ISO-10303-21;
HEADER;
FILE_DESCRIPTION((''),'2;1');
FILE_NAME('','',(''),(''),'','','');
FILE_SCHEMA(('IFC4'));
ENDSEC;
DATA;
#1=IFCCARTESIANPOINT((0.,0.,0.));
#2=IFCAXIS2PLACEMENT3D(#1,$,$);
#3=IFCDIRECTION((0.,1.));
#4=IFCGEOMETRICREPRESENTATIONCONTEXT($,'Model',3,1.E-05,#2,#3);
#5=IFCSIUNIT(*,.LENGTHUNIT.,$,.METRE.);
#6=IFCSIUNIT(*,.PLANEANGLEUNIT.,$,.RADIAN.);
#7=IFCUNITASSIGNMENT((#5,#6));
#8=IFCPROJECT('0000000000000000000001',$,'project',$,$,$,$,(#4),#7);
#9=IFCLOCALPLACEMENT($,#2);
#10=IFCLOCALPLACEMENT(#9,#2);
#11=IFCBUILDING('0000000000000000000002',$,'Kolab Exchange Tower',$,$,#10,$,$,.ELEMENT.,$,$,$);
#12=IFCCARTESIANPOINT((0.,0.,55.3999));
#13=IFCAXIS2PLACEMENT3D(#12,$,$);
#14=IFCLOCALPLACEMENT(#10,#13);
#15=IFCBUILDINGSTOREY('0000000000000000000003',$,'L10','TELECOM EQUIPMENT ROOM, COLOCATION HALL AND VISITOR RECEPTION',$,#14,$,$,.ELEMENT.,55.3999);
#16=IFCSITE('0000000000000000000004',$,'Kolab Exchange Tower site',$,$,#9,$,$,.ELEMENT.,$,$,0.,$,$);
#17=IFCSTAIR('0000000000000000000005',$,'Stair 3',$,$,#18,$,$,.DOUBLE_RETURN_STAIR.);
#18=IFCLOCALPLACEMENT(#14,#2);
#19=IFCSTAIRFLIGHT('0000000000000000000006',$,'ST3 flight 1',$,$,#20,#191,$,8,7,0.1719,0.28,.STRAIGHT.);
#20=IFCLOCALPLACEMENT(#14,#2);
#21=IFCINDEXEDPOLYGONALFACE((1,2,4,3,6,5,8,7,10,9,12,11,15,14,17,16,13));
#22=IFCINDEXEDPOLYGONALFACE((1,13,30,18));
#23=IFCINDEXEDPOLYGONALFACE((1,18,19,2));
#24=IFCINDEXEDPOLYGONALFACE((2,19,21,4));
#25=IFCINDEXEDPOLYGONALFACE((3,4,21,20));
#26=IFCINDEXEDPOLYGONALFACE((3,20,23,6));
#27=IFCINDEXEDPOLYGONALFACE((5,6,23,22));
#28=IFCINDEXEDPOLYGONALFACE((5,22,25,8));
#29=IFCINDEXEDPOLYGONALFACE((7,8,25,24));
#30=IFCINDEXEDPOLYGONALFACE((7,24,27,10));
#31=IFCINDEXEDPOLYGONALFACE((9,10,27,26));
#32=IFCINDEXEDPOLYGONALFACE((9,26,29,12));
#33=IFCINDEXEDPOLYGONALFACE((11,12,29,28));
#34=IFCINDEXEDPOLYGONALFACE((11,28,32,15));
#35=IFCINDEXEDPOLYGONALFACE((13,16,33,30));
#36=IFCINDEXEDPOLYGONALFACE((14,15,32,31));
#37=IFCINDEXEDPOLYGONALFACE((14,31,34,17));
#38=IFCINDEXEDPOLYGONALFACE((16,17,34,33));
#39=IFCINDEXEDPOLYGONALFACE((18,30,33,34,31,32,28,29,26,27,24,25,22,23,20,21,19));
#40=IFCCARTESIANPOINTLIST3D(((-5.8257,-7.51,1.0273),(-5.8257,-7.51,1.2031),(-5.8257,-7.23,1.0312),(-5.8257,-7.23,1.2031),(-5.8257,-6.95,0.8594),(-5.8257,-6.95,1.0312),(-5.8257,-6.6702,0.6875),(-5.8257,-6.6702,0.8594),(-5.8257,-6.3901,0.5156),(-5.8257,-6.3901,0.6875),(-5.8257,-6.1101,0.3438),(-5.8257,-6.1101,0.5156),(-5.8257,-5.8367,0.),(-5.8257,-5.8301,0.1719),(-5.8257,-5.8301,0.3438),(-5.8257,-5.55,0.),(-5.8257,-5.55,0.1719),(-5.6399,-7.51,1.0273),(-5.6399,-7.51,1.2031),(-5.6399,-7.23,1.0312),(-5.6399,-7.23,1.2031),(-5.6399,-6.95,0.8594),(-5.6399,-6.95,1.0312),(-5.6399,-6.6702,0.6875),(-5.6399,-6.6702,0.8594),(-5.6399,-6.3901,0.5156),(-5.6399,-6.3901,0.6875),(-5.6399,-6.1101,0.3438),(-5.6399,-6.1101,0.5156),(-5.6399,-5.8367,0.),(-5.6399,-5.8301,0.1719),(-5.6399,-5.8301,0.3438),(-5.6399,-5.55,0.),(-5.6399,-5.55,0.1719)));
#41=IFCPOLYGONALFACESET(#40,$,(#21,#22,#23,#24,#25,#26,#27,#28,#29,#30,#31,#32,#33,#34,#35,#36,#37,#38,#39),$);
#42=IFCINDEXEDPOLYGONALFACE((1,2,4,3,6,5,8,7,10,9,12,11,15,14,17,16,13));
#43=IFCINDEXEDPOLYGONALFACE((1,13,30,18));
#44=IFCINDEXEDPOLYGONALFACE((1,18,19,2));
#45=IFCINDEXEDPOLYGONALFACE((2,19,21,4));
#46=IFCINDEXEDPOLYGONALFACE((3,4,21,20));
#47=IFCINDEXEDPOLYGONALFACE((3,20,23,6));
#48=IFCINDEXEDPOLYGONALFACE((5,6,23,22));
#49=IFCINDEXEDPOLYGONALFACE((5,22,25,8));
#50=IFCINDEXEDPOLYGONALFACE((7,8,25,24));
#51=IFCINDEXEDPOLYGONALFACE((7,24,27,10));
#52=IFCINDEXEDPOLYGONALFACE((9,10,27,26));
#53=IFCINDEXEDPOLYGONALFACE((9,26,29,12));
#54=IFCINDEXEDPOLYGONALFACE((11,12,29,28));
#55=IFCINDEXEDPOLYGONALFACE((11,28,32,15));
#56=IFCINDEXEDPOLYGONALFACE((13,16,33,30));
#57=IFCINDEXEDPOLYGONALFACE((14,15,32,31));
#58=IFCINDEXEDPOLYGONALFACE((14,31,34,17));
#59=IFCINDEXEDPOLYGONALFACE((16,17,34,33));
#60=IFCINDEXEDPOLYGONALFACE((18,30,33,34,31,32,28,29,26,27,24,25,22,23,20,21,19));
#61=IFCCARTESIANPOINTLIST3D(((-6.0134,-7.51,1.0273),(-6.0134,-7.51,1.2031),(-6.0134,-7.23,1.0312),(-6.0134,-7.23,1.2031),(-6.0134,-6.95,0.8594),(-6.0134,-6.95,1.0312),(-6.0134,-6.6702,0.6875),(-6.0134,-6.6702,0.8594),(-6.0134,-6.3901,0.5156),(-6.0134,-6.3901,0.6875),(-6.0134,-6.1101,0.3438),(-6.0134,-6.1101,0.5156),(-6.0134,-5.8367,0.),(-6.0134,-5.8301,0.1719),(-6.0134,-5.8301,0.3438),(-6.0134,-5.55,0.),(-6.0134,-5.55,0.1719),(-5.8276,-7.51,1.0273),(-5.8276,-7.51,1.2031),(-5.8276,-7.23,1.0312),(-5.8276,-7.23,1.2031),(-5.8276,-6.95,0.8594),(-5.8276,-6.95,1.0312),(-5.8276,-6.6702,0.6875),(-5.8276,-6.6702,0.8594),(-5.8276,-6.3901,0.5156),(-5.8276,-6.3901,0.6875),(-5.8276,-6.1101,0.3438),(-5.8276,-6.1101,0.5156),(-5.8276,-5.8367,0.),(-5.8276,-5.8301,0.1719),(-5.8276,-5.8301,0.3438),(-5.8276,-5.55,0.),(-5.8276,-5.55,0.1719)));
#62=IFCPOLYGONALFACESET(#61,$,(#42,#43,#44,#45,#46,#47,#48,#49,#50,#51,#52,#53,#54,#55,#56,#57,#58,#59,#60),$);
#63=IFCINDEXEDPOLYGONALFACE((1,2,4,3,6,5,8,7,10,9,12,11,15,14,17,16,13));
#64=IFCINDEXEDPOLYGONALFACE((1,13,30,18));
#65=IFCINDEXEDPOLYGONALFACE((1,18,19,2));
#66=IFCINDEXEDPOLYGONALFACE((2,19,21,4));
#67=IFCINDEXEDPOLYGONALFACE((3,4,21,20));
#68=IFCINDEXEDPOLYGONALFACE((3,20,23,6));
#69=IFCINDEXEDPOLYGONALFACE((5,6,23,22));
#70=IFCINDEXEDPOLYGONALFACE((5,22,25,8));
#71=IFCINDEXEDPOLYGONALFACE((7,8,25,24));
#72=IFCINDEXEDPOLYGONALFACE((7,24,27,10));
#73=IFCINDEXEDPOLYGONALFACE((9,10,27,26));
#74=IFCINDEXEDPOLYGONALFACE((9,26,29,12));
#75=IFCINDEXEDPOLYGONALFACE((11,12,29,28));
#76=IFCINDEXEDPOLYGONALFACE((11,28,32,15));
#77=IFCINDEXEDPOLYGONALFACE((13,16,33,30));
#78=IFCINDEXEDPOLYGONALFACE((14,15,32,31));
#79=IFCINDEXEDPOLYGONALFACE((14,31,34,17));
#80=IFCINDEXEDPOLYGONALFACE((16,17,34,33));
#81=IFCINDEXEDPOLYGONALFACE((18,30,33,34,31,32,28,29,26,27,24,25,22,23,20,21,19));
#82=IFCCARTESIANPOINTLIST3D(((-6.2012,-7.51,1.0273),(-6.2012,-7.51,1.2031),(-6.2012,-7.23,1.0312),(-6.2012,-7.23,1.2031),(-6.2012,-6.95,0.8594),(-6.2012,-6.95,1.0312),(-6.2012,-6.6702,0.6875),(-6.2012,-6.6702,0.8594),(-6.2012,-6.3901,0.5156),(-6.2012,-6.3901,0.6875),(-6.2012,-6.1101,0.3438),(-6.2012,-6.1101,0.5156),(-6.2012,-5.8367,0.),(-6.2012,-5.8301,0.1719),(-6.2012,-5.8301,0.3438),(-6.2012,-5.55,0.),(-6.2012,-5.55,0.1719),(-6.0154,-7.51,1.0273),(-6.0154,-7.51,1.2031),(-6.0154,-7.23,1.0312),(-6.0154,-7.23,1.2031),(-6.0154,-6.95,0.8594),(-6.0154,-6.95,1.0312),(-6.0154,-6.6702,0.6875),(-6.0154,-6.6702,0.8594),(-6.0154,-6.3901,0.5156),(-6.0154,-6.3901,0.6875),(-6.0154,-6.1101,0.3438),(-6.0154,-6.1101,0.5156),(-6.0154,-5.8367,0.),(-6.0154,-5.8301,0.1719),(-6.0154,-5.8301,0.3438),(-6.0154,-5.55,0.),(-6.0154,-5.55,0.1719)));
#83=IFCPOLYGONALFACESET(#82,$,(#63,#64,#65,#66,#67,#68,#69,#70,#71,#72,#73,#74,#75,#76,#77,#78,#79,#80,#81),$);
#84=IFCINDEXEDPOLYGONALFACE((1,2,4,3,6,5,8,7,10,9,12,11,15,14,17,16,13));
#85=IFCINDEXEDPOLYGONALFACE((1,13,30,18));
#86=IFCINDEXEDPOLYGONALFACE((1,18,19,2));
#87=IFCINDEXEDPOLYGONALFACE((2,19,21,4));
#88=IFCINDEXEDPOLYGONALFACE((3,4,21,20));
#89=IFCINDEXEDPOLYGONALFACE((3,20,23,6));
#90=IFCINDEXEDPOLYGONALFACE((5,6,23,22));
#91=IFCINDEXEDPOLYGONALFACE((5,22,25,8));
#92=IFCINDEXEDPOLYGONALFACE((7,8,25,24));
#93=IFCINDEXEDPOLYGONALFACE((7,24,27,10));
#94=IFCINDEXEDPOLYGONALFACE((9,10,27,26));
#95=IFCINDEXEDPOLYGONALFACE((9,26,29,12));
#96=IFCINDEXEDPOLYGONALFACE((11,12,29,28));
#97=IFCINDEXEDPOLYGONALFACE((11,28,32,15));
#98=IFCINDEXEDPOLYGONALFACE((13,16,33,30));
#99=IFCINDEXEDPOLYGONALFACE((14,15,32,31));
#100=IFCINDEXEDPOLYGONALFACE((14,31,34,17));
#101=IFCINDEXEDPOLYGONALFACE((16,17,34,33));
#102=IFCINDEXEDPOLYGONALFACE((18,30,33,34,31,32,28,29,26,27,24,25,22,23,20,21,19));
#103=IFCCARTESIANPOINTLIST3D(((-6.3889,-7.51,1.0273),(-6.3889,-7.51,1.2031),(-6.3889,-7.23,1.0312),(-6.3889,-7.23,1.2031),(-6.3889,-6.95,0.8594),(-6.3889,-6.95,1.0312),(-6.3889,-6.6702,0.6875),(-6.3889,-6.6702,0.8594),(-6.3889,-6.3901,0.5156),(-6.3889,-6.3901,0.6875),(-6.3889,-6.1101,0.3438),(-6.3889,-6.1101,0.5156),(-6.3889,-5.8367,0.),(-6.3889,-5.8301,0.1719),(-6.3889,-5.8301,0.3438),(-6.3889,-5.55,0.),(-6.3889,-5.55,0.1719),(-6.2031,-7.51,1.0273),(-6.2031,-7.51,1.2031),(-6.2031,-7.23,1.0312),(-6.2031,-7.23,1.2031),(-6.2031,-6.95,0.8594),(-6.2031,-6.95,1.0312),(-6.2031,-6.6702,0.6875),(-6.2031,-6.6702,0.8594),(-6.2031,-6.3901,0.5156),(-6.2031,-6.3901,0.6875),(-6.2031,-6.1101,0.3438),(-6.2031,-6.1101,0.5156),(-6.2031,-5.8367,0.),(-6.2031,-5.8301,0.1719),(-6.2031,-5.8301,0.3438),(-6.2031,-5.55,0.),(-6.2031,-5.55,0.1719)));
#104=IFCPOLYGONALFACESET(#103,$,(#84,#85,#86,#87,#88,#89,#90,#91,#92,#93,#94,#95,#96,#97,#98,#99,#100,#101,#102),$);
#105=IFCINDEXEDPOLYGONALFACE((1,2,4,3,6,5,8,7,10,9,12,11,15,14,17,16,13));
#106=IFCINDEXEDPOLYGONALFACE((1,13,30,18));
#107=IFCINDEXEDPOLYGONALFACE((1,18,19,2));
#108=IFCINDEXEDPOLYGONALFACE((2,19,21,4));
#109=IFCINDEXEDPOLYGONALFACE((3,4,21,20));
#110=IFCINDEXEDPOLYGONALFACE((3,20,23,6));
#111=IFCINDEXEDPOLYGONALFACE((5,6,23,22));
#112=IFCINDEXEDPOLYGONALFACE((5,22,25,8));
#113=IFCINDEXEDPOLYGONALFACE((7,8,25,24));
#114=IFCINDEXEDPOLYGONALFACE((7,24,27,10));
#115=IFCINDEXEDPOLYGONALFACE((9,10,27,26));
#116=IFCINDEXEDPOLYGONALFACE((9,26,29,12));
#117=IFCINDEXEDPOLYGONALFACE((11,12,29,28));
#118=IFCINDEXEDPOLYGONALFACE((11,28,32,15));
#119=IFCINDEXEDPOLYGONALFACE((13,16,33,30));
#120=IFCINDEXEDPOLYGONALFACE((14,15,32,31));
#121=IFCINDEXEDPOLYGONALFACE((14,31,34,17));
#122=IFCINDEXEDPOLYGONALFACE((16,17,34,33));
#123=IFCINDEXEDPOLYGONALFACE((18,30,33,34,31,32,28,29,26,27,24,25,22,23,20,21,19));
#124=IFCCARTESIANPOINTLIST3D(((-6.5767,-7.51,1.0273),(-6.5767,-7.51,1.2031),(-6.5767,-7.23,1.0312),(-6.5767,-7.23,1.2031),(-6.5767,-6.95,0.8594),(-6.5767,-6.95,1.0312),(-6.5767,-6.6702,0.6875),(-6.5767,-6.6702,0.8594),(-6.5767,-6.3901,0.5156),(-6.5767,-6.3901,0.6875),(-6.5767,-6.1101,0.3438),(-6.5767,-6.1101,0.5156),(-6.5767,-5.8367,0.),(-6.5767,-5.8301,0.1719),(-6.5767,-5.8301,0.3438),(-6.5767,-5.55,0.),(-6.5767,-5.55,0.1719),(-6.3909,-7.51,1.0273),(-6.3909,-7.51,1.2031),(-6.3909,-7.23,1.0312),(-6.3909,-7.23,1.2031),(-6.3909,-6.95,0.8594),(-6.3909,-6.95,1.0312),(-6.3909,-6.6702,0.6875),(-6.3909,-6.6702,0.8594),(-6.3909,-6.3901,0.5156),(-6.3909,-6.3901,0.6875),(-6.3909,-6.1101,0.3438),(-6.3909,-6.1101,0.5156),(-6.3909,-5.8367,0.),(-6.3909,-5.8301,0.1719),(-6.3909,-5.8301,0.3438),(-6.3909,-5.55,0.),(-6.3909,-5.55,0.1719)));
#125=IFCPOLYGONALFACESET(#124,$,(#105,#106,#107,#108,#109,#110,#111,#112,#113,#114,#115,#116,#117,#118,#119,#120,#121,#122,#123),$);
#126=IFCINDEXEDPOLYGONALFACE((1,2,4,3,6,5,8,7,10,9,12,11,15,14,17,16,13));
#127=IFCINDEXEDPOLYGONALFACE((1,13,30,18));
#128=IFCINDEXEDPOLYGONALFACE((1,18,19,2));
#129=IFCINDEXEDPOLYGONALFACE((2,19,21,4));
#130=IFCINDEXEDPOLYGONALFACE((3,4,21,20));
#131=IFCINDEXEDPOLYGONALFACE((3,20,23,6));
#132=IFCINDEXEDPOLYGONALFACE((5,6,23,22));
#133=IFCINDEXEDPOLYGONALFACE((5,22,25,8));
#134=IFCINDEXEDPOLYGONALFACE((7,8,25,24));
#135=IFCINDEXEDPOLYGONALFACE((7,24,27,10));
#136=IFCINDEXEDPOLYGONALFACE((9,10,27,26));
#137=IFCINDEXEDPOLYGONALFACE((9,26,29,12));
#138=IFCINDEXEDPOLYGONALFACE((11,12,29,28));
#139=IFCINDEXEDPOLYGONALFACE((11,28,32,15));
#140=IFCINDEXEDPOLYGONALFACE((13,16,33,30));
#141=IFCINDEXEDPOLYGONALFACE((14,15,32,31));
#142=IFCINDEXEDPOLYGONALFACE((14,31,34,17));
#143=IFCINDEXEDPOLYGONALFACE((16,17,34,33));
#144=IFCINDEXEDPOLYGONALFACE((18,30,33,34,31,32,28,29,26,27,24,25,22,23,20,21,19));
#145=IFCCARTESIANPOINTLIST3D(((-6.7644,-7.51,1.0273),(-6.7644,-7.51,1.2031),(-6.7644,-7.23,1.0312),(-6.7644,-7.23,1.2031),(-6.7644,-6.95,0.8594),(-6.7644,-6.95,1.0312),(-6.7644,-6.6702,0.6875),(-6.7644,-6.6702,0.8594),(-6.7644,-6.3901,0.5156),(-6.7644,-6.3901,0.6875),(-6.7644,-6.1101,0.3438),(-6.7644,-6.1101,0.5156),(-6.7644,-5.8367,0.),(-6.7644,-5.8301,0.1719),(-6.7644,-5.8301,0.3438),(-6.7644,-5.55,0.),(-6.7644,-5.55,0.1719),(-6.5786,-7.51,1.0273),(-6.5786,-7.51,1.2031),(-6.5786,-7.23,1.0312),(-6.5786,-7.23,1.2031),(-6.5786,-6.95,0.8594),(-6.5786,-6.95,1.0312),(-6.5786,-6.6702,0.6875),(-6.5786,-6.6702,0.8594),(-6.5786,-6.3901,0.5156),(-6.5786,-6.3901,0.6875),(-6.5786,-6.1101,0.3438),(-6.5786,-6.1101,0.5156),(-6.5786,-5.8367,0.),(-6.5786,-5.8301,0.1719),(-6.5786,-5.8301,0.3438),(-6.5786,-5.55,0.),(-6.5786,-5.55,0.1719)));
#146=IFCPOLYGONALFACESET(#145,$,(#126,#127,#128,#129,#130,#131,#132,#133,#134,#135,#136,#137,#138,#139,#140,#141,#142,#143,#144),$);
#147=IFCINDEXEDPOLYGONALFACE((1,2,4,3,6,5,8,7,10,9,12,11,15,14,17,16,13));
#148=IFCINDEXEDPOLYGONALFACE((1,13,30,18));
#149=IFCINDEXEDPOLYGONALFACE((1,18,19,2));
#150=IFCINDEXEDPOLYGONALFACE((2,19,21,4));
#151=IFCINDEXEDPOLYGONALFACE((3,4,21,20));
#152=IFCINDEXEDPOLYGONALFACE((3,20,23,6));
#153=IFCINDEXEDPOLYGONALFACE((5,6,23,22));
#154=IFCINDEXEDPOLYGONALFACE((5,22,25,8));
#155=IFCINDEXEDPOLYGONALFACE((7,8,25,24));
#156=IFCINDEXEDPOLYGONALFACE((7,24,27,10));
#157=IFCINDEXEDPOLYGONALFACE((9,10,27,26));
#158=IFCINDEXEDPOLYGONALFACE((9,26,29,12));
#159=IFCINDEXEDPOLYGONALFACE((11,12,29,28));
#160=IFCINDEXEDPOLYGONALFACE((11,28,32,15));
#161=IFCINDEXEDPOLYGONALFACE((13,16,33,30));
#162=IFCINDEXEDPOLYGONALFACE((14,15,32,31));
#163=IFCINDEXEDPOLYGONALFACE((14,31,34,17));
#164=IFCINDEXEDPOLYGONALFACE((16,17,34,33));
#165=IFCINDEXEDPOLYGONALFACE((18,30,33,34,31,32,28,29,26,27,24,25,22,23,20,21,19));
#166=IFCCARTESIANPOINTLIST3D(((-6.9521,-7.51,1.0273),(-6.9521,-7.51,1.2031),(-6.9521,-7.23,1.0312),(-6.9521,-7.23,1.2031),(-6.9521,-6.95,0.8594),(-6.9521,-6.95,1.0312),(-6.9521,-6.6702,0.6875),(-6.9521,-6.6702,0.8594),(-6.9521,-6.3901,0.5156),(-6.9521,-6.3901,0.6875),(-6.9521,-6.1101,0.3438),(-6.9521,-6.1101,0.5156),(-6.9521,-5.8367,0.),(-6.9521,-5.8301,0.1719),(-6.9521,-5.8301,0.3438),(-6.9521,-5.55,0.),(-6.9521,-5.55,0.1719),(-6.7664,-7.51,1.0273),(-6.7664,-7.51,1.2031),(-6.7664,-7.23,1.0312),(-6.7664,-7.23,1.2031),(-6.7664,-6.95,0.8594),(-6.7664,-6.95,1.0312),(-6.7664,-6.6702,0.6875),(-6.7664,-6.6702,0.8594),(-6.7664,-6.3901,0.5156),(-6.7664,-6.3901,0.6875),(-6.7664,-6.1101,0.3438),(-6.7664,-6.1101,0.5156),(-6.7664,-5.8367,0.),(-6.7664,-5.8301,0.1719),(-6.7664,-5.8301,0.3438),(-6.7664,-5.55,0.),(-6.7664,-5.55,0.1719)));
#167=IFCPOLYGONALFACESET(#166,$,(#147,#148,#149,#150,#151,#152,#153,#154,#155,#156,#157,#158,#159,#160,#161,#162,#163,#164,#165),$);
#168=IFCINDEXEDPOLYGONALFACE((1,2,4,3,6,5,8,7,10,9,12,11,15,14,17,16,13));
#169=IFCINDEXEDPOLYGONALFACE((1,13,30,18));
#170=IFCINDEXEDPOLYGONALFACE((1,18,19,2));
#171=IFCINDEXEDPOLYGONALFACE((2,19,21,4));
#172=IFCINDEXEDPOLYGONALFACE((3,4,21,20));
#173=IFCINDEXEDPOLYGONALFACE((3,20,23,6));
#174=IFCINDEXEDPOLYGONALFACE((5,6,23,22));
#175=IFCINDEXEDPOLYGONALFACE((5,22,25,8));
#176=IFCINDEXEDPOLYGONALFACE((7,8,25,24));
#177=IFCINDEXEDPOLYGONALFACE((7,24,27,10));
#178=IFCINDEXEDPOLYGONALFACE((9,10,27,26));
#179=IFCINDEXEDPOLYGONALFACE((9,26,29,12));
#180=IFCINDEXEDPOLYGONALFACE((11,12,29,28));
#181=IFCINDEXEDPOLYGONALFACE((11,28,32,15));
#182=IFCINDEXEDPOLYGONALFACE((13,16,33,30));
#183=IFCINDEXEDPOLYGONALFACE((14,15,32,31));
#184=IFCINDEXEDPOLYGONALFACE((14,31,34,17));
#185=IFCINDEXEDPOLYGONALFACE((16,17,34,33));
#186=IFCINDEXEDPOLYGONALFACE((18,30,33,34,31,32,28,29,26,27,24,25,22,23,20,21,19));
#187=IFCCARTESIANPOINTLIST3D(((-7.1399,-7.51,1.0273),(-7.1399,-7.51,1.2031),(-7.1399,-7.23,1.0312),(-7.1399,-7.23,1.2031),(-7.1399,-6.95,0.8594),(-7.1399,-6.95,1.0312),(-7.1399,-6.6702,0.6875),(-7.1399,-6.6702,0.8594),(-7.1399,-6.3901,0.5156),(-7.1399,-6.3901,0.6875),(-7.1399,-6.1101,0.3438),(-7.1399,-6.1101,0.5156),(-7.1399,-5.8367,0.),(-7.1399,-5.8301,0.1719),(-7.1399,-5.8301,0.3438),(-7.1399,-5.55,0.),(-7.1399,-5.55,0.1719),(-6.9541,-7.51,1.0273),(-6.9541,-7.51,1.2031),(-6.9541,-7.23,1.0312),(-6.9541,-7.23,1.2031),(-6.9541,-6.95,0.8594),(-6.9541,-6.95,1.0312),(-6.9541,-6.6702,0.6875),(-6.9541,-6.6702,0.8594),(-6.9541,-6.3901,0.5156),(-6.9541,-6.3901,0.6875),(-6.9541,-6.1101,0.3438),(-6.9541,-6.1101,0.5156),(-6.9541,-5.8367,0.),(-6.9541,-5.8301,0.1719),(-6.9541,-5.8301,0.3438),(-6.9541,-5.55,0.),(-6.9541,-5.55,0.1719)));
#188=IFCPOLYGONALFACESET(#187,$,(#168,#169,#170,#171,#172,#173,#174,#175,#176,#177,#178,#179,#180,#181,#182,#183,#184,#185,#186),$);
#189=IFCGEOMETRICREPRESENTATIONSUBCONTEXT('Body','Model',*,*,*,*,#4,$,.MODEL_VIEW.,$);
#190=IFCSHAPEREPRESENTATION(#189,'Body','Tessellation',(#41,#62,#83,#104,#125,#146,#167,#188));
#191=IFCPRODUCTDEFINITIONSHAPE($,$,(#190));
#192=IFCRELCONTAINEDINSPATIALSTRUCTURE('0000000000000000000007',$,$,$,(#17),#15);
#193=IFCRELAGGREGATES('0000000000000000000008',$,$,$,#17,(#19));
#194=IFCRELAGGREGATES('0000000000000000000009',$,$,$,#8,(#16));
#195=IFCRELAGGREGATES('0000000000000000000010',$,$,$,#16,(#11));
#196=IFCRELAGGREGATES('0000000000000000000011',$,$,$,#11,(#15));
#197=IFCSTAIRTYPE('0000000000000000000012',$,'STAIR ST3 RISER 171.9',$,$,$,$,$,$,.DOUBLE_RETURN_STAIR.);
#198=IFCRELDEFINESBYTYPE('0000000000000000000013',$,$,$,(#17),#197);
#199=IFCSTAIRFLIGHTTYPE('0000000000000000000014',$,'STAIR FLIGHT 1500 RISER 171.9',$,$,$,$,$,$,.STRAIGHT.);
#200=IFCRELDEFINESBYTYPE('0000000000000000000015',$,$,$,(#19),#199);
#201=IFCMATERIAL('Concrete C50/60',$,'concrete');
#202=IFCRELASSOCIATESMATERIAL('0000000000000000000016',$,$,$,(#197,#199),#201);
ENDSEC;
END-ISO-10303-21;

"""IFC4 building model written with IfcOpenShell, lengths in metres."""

from ifc_helpers import new_model, si_unit, direction, frame, origin, place, context, subcontext, project, spatial, polyline, outline, extrude, material, type_object, element, aggregate, save


model = new_model("IFC4")

# Units and contexts
model_context = context("Model", 3, precision=1e-05, world=origin(), true_north=direction((0.0, 1.0)))
body_context = subcontext(model_context, "Body", "Model", "MODEL_VIEW")
ifc_project = project(units=[si_unit("LENGTHUNIT", "METRE"), si_unit("PLANEANGLEUNIT", "RADIAN")], contexts=[model_context])

# Site, building, storey
site_placement = place(None, origin())
site = spatial("IfcSite", under=ifc_project, at=site_placement, Name="Kolab Exchange Tower site", CompositionType="ELEMENT", RefElevation=0.0)
building_placement = place(site_placement, origin())
building = spatial("IfcBuilding", under=site, at=building_placement, Name="Kolab Exchange Tower", CompositionType="ELEMENT")
storey_placement = place(building_placement, frame((0.0, 0.0, 55.3999)))
storey = spatial("IfcBuildingStorey", under=building, at=storey_placement, Name="L10", Description="TELECOM EQUIPMENT ROOM, COLOCATION HALL AND VISITOR RECEPTION", CompositionType="ELEMENT", Elevation=55.3999)

# Shared definitions
ifc_material_1 = material(Name="Concrete C50/60", Category="concrete")

# Stair, stair flight
stair_type = type_object("IfcStairType", Name="STAIR ST3 RISER 171.9", PredefinedType="DOUBLE_RETURN_STAIR", material=ifc_material_1)
stair_placement = place(storey_placement, origin())
stair = element("IfcStair", 1, at=stair_placement, inside=storey, type_object=stair_type, Name="Stair 3", PredefinedType="DOUBLE_RETURN_STAIR")
stair_flight_type = type_object("IfcStairFlightType", Name="STAIR FLIGHT 1500 RISER 171.9", PredefinedType="STRAIGHT", material=ifc_material_1)
stair_flight_1_placement = place(storey_placement, frame((-6.3899, -5.55, 0.0), z_axis=(0.0, 0.0, 1.0), x_axis=(0.0, -1.0, 0.0)))
stair_flight_1 = element("IfcStairFlight", 2, at=stair_flight_1_placement, type_object=stair_flight_type, Name="ST3 flight 1", NumberOfRisers=8, NumberOfTreads=7, PredefinedType="STRAIGHT", RiserHeight=0.1719, TreadLength=0.28, context=body_context, shape_type="SweptSolid", body=[
    extrude(outline(polyline([(0.0, 0.0), (0.0, 0.1719), (0.28, 0.1719), (0.28, 0.3438), (0.5601, 0.3438), (0.5601, 0.5156), (0.8401, 0.5156), (0.8401, 0.6875), (1.1201, 0.6875), (1.1201, 0.8594), (1.3999, 0.8594), (1.3999, 1.0312), (1.6799, 1.0312), (1.6799, 1.2031), (1.96, 1.2031), (1.96, 1.375), (1.96, 1.0273), (0.2866, 0.0), (0.0, 0.0)])), frame((0.0, 0.75, 0.0), z_axis=(0.0, -1.0, 0.0), x_axis=(1.0, 0.0, 0.0)), (0.0, 0.0, 1.0), 0.1858),
    extrude(outline(polyline([(0.0, 0.0), (0.0, 0.1719), (0.28, 0.1719), (0.28, 0.3438), (0.5601, 0.3438), (0.5601, 0.5156), (0.8401, 0.5156), (0.8401, 0.6875), (1.1201, 0.6875), (1.1201, 0.8594), (1.3999, 0.8594), (1.3999, 1.0312), (1.6799, 1.0312), (1.6799, 1.2031), (1.96, 1.2031), (1.96, 1.375), (1.96, 1.0273), (0.2866, 0.0), (0.0, 0.0)])), frame((0.0, 0.5623, 0.0), z_axis=(0.0, -1.0, 0.0), x_axis=(1.0, 0.0, 0.0)), (0.0, 0.0, 1.0), 0.1858),
    extrude(outline(polyline([(0.0, 0.0), (0.0, 0.1719), (0.28, 0.1719), (0.28, 0.3438), (0.5601, 0.3438), (0.5601, 0.5156), (0.8401, 0.5156), (0.8401, 0.6875), (1.1201, 0.6875), (1.1201, 0.8594), (1.3999, 0.8594), (1.3999, 1.0312), (1.6799, 1.0312), (1.6799, 1.2031), (1.96, 1.2031), (1.96, 1.375), (1.96, 1.0273), (0.2866, 0.0), (0.0, 0.0)])), frame((0.0, 0.3745, 0.0), z_axis=(0.0, -1.0, 0.0), x_axis=(1.0, 0.0, 0.0)), (0.0, 0.0, 1.0), 0.1858),
    extrude(outline(polyline([(0.0, 0.0), (0.0, 0.1719), (0.28, 0.1719), (0.28, 0.3438), (0.5601, 0.3438), (0.5601, 0.5156), (0.8401, 0.5156), (0.8401, 0.6875), (1.1201, 0.6875), (1.1201, 0.8594), (1.3999, 0.8594), (1.3999, 1.0312), (1.6799, 1.0312), (1.6799, 1.2031), (1.96, 1.2031), (1.96, 1.375), (1.96, 1.0273), (0.2866, 0.0), (0.0, 0.0)])), frame((0.0, 0.1868, 0.0), z_axis=(0.0, -1.0, 0.0), x_axis=(1.0, 0.0, 0.0)), (0.0, 0.0, 1.0), 0.1858),
    extrude(outline(polyline([(0.0, 0.0), (0.0, 0.1719), (0.28, 0.1719), (0.28, 0.3438), (0.5601, 0.3438), (0.5601, 0.5156), (0.8401, 0.5156), (0.8401, 0.6875), (1.1201, 0.6875), (1.1201, 0.8594), (1.3999, 0.8594), (1.3999, 1.0312), (1.6799, 1.0312), (1.6799, 1.2031), (1.96, 1.2031), (1.96, 1.375), (1.96, 1.0273), (0.2866, 0.0), (0.0, 0.0)])), frame((0.0, -0.001, 0.0), z_axis=(0.0, -1.0, 0.0), x_axis=(1.0, 0.0, 0.0)), (0.0, 0.0, 1.0), 0.1858),
    extrude(outline(polyline([(0.0, 0.0), (0.0, 0.1719), (0.28, 0.1719), (0.28, 0.3438), (0.5601, 0.3438), (0.5601, 0.5156), (0.8401, 0.5156), (0.8401, 0.6875), (1.1201, 0.6875), (1.1201, 0.8594), (1.3999, 0.8594), (1.3999, 1.0312), (1.6799, 1.0312), (1.6799, 1.2031), (1.96, 1.2031), (1.96, 1.375), (1.96, 1.0273), (0.2866, 0.0), (0.0, 0.0)])), frame((0.0, -0.1887, 0.0), z_axis=(0.0, -1.0, 0.0), x_axis=(1.0, 0.0, 0.0)), (0.0, 0.0, 1.0), 0.1858),
    extrude(outline(polyline([(0.0, 0.0), (0.0, 0.1719), (0.28, 0.1719), (0.28, 0.3438), (0.5601, 0.3438), (0.5601, 0.5156), (0.8401, 0.5156), (0.8401, 0.6875), (1.1201, 0.6875), (1.1201, 0.8594), (1.3999, 0.8594), (1.3999, 1.0312), (1.6799, 1.0312), (1.6799, 1.2031), (1.96, 1.2031), (1.96, 1.375), (1.96, 1.0273), (0.2866, 0.0), (0.0, 0.0)])), frame((0.0, -0.3765, 0.0), z_axis=(0.0, -1.0, 0.0), x_axis=(1.0, 0.0, 0.0)), (0.0, 0.0, 1.0), 0.1858),
    extrude(outline(polyline([(0.0, 0.0), (0.0, 0.1719), (0.28, 0.1719), (0.28, 0.3438), (0.5601, 0.3438), (0.5601, 0.5156), (0.8401, 0.5156), (0.8401, 0.6875), (1.1201, 0.6875), (1.1201, 0.8594), (1.3999, 0.8594), (1.3999, 1.0312), (1.6799, 1.0312), (1.6799, 1.2031), (1.96, 1.2031), (1.96, 1.375), (1.96, 1.0273), (0.2866, 0.0), (0.0, 0.0)])), frame((0.0, -0.5642, 0.0), z_axis=(0.0, -1.0, 0.0), x_axis=(1.0, 0.0, 0.0)), (0.0, 0.0, 1.0), 0.1858),
])
aggregate(stair, [stair_flight_1])

save(model, "model.ifc")
